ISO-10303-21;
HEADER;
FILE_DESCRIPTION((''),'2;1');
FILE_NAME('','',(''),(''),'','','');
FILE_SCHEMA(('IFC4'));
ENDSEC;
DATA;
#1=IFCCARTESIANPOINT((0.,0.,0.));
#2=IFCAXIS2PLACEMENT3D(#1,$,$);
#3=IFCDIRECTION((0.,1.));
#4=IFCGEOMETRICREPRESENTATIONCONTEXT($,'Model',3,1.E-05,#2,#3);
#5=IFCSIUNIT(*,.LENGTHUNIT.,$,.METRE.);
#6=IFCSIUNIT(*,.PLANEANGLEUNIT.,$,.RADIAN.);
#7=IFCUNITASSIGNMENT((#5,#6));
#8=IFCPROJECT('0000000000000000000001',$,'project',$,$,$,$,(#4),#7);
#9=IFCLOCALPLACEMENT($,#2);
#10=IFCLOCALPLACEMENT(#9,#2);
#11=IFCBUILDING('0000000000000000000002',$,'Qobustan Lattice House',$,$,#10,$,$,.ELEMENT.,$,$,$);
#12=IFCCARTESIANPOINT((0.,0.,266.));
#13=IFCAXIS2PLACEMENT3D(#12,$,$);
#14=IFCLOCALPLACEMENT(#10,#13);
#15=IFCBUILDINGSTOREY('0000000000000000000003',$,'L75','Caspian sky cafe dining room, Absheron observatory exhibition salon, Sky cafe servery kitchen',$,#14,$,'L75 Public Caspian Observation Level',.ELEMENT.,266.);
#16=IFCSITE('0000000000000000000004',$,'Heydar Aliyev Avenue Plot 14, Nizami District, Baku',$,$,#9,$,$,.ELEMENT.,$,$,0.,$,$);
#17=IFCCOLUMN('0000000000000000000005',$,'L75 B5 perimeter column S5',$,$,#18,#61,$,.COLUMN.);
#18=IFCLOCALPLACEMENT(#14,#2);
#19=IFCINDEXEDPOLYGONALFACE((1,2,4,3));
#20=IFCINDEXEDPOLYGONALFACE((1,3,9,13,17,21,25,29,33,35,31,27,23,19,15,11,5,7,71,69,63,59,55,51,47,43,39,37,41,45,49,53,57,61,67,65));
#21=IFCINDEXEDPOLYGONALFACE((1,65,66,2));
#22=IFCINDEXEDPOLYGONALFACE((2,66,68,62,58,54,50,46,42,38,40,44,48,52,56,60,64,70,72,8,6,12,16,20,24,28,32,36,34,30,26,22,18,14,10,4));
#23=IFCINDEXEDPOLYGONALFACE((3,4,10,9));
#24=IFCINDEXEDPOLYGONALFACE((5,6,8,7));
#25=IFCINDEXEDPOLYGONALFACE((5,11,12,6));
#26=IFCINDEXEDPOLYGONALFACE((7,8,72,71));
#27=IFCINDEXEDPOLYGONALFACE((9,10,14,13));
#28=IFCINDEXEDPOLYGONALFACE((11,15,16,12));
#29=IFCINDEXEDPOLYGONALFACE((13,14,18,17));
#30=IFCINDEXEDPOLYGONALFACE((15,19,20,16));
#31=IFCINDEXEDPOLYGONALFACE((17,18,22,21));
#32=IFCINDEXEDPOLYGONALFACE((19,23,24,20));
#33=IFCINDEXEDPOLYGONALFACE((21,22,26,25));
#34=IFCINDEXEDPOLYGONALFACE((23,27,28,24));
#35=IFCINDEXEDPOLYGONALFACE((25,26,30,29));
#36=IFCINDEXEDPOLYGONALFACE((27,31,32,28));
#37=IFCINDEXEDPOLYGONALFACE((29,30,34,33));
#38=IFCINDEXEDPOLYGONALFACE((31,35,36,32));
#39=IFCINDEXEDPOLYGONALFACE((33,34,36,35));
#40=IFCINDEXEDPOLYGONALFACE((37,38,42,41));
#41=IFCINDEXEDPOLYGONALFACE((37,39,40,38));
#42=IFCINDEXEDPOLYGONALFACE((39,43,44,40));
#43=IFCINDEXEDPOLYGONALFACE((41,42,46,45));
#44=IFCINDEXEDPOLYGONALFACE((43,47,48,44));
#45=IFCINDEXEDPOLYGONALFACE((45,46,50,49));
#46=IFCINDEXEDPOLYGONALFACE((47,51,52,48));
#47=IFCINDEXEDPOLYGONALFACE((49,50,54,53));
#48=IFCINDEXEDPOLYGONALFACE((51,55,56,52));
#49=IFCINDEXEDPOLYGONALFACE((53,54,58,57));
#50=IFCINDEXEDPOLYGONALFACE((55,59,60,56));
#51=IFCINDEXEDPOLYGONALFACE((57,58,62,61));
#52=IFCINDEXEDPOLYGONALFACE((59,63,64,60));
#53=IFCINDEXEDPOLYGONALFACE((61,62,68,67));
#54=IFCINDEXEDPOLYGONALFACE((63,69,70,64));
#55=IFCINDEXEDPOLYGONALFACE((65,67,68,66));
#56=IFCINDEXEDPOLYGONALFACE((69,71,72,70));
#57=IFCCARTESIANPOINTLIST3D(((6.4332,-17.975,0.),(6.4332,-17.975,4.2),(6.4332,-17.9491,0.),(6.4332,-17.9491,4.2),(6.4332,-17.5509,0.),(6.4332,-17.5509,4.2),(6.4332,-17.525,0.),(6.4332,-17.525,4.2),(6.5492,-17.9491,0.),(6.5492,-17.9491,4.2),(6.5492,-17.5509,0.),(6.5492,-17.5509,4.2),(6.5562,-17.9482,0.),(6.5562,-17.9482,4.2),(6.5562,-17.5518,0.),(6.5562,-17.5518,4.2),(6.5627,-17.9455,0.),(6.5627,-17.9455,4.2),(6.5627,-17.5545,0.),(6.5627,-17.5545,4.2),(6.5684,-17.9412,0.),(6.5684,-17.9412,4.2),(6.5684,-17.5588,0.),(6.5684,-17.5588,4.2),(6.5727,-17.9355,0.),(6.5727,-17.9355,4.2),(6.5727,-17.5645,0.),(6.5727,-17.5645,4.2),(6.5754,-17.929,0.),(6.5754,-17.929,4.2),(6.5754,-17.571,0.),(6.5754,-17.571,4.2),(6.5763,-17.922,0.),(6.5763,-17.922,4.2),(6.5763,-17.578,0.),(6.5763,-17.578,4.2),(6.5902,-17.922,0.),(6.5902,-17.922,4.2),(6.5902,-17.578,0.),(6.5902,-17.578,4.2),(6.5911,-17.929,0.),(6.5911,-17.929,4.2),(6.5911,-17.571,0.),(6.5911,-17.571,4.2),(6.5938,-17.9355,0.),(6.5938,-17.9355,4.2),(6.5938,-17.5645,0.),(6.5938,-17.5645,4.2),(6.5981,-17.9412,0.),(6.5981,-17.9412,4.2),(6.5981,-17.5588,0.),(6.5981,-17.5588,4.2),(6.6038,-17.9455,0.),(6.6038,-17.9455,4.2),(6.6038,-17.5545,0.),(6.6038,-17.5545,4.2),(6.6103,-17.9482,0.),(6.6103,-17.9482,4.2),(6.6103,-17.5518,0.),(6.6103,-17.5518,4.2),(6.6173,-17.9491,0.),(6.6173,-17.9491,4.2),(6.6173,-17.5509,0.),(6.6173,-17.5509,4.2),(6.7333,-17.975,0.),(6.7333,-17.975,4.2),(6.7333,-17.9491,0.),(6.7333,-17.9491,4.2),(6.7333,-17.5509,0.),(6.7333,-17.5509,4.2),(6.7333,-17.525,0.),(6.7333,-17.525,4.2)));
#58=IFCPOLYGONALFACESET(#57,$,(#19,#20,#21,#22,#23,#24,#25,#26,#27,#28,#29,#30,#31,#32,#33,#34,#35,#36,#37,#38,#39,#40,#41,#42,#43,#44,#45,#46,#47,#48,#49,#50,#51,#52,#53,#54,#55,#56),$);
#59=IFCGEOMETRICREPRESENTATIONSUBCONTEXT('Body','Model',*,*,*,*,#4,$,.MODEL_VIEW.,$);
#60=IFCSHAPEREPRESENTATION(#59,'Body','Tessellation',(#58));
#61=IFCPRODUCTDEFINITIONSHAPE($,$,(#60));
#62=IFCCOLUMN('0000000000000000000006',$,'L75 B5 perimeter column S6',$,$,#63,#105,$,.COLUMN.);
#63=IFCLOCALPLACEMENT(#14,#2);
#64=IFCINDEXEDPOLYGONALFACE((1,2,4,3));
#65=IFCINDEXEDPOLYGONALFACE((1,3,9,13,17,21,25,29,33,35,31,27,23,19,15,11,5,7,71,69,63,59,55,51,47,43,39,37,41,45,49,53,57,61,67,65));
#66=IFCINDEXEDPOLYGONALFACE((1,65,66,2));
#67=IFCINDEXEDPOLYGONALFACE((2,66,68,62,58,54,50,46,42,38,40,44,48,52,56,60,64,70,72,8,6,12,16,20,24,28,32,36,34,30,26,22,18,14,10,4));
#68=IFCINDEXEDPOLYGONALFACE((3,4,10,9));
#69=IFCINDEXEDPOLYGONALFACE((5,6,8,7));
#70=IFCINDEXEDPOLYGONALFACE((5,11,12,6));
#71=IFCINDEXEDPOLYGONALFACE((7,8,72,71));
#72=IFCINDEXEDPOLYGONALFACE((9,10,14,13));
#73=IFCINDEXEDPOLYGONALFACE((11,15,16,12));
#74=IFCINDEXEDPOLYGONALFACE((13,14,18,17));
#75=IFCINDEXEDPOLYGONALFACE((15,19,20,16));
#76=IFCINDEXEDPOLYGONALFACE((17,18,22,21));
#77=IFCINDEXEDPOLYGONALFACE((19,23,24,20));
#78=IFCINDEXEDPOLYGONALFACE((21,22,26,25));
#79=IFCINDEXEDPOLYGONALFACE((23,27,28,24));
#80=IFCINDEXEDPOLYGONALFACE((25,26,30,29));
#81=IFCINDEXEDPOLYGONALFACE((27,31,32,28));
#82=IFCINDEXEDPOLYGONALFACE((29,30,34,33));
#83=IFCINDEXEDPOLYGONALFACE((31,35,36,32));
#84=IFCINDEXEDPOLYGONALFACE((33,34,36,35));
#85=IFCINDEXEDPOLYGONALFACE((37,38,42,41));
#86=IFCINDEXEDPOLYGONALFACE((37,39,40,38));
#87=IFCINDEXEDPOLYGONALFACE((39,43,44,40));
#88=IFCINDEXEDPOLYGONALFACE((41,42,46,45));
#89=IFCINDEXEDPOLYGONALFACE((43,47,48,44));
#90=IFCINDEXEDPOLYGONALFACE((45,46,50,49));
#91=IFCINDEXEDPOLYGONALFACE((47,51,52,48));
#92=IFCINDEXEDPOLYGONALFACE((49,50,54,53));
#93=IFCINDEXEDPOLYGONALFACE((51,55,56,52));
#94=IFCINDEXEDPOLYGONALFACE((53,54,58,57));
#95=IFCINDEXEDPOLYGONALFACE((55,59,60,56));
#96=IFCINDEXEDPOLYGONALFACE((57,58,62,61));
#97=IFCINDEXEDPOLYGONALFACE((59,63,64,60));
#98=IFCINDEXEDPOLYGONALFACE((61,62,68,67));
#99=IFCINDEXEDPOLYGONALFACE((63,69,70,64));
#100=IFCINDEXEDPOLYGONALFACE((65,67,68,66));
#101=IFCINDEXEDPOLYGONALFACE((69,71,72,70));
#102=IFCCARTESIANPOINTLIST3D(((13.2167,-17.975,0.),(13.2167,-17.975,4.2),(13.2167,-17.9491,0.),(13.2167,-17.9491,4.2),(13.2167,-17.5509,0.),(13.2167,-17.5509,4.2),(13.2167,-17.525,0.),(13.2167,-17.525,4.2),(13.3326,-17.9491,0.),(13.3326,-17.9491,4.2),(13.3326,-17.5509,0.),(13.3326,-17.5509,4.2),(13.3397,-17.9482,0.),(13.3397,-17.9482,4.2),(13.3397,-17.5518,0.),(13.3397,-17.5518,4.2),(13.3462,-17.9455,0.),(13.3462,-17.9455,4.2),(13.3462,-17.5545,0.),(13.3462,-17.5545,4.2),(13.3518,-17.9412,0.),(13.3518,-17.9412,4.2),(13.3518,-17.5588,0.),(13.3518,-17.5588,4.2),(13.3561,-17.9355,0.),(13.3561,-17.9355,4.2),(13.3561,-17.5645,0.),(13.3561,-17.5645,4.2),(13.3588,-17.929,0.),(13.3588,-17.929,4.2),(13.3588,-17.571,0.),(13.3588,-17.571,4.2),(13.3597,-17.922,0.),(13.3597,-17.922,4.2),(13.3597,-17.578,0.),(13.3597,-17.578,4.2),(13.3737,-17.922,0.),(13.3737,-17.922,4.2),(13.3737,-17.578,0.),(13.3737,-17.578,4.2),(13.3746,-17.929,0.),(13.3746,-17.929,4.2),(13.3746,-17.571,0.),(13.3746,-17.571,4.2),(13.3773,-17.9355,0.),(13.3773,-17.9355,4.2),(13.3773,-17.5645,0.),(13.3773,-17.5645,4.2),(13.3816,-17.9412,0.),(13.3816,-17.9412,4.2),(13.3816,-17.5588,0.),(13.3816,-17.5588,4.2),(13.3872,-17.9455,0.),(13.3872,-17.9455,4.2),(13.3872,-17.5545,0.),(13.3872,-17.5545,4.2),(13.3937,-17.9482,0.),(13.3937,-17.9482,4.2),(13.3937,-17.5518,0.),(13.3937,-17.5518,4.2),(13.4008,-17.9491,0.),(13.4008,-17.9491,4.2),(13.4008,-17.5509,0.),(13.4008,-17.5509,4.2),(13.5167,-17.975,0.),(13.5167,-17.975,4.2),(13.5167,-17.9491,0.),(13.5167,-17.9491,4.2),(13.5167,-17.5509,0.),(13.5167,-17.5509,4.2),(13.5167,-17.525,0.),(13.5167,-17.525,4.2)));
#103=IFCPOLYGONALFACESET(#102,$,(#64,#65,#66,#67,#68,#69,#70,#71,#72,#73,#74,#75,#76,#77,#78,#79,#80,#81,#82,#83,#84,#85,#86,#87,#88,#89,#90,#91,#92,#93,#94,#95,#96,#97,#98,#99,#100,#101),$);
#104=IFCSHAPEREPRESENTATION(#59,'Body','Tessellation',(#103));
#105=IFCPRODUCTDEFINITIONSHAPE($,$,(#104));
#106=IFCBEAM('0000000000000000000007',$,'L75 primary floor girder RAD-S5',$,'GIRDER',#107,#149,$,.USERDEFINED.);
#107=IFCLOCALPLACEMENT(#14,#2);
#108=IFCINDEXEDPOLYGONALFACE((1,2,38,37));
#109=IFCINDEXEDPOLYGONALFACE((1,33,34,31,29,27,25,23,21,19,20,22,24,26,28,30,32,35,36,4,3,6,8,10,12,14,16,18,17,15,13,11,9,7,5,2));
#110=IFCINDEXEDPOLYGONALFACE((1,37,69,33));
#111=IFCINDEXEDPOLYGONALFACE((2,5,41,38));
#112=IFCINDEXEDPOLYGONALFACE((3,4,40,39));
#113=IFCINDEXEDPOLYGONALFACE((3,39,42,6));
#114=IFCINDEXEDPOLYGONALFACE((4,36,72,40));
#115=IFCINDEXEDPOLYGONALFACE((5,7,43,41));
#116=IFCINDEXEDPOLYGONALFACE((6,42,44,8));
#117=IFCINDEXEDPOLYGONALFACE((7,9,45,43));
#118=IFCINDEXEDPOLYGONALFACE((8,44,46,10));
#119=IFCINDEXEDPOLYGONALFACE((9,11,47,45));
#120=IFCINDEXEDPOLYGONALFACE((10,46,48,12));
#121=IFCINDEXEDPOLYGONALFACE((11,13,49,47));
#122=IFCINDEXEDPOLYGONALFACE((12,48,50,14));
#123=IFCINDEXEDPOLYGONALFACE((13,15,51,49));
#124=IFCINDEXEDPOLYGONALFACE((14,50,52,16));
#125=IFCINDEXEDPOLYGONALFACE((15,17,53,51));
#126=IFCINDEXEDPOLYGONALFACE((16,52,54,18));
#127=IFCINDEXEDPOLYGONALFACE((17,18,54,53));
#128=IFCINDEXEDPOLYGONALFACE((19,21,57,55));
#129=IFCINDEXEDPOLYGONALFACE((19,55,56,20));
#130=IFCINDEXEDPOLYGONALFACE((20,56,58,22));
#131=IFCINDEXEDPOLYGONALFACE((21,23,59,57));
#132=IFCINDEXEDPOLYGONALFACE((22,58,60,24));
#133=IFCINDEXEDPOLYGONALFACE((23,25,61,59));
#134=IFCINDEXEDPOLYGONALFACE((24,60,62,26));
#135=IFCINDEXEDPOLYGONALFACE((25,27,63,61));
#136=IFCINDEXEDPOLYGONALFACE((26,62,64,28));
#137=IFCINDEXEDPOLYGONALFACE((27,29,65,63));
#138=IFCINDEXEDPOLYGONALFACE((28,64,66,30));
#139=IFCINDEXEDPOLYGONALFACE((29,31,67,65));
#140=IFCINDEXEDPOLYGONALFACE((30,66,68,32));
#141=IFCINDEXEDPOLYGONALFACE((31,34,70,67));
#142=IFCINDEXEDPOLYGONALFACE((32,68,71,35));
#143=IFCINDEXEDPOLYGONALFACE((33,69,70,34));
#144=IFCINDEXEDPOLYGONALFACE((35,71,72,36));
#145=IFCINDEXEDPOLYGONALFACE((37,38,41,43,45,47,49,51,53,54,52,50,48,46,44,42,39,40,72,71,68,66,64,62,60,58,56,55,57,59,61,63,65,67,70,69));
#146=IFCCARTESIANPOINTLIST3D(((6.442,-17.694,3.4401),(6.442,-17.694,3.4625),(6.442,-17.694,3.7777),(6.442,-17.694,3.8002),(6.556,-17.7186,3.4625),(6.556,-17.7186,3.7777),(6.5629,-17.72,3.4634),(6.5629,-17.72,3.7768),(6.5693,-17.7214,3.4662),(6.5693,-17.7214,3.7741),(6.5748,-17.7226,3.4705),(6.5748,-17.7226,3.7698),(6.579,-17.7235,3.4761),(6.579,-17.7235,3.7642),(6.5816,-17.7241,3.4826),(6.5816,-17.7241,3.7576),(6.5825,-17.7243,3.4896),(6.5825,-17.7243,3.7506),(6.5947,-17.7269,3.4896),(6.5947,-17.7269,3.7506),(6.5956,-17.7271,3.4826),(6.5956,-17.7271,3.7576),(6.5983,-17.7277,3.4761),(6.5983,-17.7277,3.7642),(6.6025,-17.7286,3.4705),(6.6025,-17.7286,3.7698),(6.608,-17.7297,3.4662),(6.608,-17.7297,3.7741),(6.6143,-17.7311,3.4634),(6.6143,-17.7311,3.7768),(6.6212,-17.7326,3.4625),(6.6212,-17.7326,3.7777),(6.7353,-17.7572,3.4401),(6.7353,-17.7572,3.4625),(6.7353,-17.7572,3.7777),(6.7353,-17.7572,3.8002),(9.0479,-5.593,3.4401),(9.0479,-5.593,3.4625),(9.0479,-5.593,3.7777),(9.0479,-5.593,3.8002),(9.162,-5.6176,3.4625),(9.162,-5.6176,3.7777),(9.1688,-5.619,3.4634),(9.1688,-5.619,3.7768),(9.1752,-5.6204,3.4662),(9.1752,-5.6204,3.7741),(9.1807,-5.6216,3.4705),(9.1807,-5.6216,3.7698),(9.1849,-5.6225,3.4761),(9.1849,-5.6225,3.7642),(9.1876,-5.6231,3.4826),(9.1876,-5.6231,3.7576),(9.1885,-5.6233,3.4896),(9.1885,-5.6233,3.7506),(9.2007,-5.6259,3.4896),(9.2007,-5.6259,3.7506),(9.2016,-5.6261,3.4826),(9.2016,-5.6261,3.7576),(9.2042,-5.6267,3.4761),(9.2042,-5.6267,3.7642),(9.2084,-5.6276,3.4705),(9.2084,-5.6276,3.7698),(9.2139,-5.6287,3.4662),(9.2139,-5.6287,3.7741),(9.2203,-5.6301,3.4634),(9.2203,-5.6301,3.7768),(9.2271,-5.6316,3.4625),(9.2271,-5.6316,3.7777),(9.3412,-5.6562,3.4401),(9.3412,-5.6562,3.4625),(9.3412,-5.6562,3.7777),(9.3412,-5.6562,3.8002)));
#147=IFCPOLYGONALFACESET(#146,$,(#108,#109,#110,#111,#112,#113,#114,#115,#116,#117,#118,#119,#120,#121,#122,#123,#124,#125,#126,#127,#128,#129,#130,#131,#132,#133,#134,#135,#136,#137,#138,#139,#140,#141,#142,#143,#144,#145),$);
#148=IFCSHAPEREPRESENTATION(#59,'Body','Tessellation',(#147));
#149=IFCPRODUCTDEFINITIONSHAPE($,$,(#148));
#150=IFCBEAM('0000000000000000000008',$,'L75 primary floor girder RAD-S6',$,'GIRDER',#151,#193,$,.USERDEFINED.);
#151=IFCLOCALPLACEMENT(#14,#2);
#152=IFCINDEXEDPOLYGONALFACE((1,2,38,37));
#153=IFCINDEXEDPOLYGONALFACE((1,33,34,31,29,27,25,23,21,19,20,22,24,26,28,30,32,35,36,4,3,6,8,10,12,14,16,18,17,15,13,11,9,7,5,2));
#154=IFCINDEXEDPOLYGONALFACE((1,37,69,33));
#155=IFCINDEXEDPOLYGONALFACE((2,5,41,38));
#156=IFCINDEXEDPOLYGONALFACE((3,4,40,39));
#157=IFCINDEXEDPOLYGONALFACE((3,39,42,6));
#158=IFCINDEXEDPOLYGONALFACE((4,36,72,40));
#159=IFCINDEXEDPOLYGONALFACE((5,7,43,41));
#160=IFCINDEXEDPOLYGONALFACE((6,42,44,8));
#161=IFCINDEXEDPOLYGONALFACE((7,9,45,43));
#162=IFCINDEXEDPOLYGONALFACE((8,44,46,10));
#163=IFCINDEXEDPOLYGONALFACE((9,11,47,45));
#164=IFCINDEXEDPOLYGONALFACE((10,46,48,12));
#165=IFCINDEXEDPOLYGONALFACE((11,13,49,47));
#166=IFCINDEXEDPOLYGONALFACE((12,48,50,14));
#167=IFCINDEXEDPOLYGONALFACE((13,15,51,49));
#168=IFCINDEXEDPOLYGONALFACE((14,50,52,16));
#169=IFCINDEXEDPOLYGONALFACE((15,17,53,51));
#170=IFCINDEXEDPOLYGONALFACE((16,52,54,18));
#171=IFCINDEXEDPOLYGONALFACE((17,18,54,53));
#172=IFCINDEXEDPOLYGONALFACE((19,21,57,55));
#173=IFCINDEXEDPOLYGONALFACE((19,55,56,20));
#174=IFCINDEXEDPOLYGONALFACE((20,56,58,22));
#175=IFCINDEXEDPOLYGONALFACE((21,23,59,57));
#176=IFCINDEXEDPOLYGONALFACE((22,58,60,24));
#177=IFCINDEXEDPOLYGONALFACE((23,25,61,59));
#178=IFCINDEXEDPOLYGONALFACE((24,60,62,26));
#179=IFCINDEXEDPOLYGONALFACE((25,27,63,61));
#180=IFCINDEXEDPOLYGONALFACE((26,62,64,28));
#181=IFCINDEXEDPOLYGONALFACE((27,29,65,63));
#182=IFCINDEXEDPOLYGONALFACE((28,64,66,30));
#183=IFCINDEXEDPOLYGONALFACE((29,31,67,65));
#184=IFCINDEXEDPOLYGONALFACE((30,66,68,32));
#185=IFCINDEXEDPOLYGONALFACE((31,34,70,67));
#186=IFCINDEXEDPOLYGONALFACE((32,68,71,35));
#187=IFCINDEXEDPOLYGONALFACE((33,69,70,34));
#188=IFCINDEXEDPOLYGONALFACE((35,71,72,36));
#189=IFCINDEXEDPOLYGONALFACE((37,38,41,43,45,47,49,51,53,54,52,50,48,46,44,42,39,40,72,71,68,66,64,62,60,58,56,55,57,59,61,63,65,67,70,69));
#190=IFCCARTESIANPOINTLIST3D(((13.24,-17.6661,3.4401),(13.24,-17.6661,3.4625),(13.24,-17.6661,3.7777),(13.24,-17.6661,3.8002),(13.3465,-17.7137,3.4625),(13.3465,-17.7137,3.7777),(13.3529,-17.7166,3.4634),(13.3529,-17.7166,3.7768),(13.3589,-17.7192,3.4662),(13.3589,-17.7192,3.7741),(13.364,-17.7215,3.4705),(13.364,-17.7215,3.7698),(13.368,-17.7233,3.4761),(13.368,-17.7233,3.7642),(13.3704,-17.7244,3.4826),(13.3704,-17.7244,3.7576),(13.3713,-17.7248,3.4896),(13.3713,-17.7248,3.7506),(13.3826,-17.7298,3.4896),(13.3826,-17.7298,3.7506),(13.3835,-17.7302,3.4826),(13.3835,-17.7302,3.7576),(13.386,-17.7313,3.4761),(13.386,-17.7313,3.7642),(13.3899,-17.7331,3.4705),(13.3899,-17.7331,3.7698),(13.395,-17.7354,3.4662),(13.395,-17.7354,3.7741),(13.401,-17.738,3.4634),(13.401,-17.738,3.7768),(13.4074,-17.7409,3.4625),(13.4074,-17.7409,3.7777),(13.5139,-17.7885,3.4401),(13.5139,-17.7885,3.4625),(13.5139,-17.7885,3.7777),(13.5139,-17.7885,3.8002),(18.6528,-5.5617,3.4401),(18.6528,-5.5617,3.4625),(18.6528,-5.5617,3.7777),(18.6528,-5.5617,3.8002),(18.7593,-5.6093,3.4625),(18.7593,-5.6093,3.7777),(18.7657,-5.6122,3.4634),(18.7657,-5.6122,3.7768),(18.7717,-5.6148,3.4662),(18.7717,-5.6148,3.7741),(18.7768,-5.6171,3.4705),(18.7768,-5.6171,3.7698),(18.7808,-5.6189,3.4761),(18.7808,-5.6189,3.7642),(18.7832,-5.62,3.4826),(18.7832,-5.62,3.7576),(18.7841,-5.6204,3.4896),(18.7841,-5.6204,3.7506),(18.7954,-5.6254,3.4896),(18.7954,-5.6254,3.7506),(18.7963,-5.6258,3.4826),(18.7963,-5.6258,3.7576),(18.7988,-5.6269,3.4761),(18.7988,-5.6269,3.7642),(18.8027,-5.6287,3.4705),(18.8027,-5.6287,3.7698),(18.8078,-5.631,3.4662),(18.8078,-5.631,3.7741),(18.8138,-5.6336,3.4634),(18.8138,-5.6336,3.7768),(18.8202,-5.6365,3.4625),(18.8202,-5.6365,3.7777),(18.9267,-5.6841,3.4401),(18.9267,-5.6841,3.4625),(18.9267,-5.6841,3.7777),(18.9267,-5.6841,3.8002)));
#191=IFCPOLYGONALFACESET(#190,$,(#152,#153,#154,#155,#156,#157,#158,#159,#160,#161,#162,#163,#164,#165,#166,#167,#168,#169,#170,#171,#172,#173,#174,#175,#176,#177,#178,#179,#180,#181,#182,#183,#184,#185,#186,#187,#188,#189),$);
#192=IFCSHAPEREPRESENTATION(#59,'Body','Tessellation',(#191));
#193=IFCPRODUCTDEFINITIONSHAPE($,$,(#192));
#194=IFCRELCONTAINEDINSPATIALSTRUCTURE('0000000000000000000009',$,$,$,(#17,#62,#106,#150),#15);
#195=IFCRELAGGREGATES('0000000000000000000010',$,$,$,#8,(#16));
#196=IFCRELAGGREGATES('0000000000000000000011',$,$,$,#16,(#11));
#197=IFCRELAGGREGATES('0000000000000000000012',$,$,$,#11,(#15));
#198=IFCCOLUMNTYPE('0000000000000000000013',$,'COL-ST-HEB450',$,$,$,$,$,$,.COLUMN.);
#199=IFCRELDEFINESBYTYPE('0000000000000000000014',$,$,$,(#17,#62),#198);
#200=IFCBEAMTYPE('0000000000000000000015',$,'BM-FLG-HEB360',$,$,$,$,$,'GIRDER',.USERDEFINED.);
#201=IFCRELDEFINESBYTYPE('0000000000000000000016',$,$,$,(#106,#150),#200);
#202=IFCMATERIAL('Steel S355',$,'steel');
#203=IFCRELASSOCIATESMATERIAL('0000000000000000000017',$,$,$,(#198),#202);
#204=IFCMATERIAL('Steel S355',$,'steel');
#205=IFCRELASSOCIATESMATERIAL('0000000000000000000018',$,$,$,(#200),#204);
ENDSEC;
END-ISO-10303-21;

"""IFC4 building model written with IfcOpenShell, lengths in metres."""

from ifc_helpers import new_model, si_unit, direction, frame, origin, origin_2d, place, context, subcontext, project, spatial, i_section, extrude, material, material_profile, profile_set, type_object, element, save


model = new_model("IFC4")

# Units and contexts
model_context = context("Model", 3, precision=1e-05, world=origin(), true_north=direction((0.0, 1.0)))
body_context = subcontext(model_context, "Body", "Model", "MODEL_VIEW")
ifc_project = project(units=[si_unit("LENGTHUNIT", "METRE"), si_unit("PLANEANGLEUNIT", "RADIAN")], contexts=[model_context])

# Site, building, storey
site_placement = place(None, origin())
site = spatial("IfcSite", under=ifc_project, at=site_placement, Name="Heydar Aliyev Avenue Plot 14, Nizami District, Baku", CompositionType="ELEMENT", RefElevation=0.0)
building_placement = place(site_placement, origin())
building = spatial("IfcBuilding", under=site, at=building_placement, Name="Qobustan Lattice House", CompositionType="ELEMENT")
storey_placement = place(building_placement, frame((0.0, 0.0, 266.0)))
storey = spatial("IfcBuildingStorey", under=building, at=storey_placement, Name="L75", Description="Caspian sky cafe dining room, Absheron observatory exhibition salon, Sky cafe servery kitchen", LongName="L75 Public Caspian Observation Level", CompositionType="ELEMENT", Elevation=266.0)

# Columns
ifc_material_1 = material(Name="Steel S355", Category="steel")
ifc_material_profile_1 = material_profile(ifc_material_1, i_section(OverallWidth=0.3, OverallDepth=0.45, WebThickness=0.0139, FlangeThickness=0.0259, FilletRadius=0.0271, at=origin_2d()), Name="HEB450")
ifc_profile_set_1 = profile_set([ifc_material_profile_1], Name="Steel S355")
column_type = type_object("IfcColumnType", Name="COL-ST-HEB450", PredefinedType="COLUMN", material=ifc_profile_set_1)
for number, where, z_axis, x_axis, name in (
    (1, (6.5833, -17.75, 0.0), (0.0, 0.0, 1.0), (1.0, 0.0, 0.0), "L75 B5 perimeter column S5"),
    (2, (13.3667, -17.75, 0.0), (0.0, 0.0, 1.0), (1.0, 0.0, 0.0), "L75 B5 perimeter column S6"),
):
    element("IfcColumn", number, at=place(storey_placement, frame(where, z_axis=z_axis, x_axis=x_axis)), inside=storey, type_object=column_type, Name=name, PredefinedType="COLUMN", context=body_context, shape_type="SweptSolid", body=[
        extrude(i_section(OverallWidth=0.3, OverallDepth=0.45, WebThickness=0.0139, FlangeThickness=0.0259, FilletRadius=0.0271, at=origin_2d()), origin(), (0.0, 0.0, 1.0), 4.2),
    ])

# Beams
ifc_material_2 = material(Name="Steel S355", Category="steel")
ifc_material_profile_2 = material_profile(ifc_material_2, i_section(OverallWidth=0.3, OverallDepth=0.3601, WebThickness=0.0125, FlangeThickness=0.0225, FilletRadius=0.0271, at=origin_2d()), Name="HEB360")
ifc_profile_set_2 = profile_set([ifc_material_profile_2], Name="Steel S355")
beam_type_1 = type_object("IfcBeamType", Name="BM-FLG-HEB360", ElementType="GIRDER", PredefinedType="USERDEFINED", material=ifc_profile_set_2)
beam_1_placement = place(storey_placement, frame((6.5886, -17.7256, 3.6201), z_axis=(0.210523, 0.977589, 0.0), x_axis=(-0.977589, 0.210523, 0.0)))
element("IfcBeam", 3, at=beam_1_placement, inside=storey, type_object=beam_type_1, Name="L75 primary floor girder RAD-S5", ObjectType="GIRDER", PredefinedType="USERDEFINED", context=body_context, shape_type="SweptSolid", body=[
    extrude(i_section(OverallWidth=0.3, OverallDepth=0.3601, WebThickness=0.0125, FlangeThickness=0.0225, FilletRadius=0.0271, at=origin_2d()), origin(), (0.0, 0.0, 1.0), 12.3784),
])
beam_2_placement = place(storey_placement, frame((13.377, -17.7273, 3.6201), z_axis=(0.40822, 0.912884, 0.0), x_axis=(-0.912884, 0.40822, 0.0)))
element("IfcBeam", 4, at=beam_2_placement, inside=storey, type_object=beam_type_1, Name="L75 primary floor girder RAD-S6", ObjectType="GIRDER", PredefinedType="USERDEFINED", context=body_context, shape_type="SweptSolid", body=[
    extrude(i_section(OverallWidth=0.3, OverallDepth=0.3601, WebThickness=0.0125, FlangeThickness=0.0225, FilletRadius=0.0271, at=origin_2d()), origin(), (0.0, 0.0, 1.0), 13.2595),
])

save(model, "model.ifc")
